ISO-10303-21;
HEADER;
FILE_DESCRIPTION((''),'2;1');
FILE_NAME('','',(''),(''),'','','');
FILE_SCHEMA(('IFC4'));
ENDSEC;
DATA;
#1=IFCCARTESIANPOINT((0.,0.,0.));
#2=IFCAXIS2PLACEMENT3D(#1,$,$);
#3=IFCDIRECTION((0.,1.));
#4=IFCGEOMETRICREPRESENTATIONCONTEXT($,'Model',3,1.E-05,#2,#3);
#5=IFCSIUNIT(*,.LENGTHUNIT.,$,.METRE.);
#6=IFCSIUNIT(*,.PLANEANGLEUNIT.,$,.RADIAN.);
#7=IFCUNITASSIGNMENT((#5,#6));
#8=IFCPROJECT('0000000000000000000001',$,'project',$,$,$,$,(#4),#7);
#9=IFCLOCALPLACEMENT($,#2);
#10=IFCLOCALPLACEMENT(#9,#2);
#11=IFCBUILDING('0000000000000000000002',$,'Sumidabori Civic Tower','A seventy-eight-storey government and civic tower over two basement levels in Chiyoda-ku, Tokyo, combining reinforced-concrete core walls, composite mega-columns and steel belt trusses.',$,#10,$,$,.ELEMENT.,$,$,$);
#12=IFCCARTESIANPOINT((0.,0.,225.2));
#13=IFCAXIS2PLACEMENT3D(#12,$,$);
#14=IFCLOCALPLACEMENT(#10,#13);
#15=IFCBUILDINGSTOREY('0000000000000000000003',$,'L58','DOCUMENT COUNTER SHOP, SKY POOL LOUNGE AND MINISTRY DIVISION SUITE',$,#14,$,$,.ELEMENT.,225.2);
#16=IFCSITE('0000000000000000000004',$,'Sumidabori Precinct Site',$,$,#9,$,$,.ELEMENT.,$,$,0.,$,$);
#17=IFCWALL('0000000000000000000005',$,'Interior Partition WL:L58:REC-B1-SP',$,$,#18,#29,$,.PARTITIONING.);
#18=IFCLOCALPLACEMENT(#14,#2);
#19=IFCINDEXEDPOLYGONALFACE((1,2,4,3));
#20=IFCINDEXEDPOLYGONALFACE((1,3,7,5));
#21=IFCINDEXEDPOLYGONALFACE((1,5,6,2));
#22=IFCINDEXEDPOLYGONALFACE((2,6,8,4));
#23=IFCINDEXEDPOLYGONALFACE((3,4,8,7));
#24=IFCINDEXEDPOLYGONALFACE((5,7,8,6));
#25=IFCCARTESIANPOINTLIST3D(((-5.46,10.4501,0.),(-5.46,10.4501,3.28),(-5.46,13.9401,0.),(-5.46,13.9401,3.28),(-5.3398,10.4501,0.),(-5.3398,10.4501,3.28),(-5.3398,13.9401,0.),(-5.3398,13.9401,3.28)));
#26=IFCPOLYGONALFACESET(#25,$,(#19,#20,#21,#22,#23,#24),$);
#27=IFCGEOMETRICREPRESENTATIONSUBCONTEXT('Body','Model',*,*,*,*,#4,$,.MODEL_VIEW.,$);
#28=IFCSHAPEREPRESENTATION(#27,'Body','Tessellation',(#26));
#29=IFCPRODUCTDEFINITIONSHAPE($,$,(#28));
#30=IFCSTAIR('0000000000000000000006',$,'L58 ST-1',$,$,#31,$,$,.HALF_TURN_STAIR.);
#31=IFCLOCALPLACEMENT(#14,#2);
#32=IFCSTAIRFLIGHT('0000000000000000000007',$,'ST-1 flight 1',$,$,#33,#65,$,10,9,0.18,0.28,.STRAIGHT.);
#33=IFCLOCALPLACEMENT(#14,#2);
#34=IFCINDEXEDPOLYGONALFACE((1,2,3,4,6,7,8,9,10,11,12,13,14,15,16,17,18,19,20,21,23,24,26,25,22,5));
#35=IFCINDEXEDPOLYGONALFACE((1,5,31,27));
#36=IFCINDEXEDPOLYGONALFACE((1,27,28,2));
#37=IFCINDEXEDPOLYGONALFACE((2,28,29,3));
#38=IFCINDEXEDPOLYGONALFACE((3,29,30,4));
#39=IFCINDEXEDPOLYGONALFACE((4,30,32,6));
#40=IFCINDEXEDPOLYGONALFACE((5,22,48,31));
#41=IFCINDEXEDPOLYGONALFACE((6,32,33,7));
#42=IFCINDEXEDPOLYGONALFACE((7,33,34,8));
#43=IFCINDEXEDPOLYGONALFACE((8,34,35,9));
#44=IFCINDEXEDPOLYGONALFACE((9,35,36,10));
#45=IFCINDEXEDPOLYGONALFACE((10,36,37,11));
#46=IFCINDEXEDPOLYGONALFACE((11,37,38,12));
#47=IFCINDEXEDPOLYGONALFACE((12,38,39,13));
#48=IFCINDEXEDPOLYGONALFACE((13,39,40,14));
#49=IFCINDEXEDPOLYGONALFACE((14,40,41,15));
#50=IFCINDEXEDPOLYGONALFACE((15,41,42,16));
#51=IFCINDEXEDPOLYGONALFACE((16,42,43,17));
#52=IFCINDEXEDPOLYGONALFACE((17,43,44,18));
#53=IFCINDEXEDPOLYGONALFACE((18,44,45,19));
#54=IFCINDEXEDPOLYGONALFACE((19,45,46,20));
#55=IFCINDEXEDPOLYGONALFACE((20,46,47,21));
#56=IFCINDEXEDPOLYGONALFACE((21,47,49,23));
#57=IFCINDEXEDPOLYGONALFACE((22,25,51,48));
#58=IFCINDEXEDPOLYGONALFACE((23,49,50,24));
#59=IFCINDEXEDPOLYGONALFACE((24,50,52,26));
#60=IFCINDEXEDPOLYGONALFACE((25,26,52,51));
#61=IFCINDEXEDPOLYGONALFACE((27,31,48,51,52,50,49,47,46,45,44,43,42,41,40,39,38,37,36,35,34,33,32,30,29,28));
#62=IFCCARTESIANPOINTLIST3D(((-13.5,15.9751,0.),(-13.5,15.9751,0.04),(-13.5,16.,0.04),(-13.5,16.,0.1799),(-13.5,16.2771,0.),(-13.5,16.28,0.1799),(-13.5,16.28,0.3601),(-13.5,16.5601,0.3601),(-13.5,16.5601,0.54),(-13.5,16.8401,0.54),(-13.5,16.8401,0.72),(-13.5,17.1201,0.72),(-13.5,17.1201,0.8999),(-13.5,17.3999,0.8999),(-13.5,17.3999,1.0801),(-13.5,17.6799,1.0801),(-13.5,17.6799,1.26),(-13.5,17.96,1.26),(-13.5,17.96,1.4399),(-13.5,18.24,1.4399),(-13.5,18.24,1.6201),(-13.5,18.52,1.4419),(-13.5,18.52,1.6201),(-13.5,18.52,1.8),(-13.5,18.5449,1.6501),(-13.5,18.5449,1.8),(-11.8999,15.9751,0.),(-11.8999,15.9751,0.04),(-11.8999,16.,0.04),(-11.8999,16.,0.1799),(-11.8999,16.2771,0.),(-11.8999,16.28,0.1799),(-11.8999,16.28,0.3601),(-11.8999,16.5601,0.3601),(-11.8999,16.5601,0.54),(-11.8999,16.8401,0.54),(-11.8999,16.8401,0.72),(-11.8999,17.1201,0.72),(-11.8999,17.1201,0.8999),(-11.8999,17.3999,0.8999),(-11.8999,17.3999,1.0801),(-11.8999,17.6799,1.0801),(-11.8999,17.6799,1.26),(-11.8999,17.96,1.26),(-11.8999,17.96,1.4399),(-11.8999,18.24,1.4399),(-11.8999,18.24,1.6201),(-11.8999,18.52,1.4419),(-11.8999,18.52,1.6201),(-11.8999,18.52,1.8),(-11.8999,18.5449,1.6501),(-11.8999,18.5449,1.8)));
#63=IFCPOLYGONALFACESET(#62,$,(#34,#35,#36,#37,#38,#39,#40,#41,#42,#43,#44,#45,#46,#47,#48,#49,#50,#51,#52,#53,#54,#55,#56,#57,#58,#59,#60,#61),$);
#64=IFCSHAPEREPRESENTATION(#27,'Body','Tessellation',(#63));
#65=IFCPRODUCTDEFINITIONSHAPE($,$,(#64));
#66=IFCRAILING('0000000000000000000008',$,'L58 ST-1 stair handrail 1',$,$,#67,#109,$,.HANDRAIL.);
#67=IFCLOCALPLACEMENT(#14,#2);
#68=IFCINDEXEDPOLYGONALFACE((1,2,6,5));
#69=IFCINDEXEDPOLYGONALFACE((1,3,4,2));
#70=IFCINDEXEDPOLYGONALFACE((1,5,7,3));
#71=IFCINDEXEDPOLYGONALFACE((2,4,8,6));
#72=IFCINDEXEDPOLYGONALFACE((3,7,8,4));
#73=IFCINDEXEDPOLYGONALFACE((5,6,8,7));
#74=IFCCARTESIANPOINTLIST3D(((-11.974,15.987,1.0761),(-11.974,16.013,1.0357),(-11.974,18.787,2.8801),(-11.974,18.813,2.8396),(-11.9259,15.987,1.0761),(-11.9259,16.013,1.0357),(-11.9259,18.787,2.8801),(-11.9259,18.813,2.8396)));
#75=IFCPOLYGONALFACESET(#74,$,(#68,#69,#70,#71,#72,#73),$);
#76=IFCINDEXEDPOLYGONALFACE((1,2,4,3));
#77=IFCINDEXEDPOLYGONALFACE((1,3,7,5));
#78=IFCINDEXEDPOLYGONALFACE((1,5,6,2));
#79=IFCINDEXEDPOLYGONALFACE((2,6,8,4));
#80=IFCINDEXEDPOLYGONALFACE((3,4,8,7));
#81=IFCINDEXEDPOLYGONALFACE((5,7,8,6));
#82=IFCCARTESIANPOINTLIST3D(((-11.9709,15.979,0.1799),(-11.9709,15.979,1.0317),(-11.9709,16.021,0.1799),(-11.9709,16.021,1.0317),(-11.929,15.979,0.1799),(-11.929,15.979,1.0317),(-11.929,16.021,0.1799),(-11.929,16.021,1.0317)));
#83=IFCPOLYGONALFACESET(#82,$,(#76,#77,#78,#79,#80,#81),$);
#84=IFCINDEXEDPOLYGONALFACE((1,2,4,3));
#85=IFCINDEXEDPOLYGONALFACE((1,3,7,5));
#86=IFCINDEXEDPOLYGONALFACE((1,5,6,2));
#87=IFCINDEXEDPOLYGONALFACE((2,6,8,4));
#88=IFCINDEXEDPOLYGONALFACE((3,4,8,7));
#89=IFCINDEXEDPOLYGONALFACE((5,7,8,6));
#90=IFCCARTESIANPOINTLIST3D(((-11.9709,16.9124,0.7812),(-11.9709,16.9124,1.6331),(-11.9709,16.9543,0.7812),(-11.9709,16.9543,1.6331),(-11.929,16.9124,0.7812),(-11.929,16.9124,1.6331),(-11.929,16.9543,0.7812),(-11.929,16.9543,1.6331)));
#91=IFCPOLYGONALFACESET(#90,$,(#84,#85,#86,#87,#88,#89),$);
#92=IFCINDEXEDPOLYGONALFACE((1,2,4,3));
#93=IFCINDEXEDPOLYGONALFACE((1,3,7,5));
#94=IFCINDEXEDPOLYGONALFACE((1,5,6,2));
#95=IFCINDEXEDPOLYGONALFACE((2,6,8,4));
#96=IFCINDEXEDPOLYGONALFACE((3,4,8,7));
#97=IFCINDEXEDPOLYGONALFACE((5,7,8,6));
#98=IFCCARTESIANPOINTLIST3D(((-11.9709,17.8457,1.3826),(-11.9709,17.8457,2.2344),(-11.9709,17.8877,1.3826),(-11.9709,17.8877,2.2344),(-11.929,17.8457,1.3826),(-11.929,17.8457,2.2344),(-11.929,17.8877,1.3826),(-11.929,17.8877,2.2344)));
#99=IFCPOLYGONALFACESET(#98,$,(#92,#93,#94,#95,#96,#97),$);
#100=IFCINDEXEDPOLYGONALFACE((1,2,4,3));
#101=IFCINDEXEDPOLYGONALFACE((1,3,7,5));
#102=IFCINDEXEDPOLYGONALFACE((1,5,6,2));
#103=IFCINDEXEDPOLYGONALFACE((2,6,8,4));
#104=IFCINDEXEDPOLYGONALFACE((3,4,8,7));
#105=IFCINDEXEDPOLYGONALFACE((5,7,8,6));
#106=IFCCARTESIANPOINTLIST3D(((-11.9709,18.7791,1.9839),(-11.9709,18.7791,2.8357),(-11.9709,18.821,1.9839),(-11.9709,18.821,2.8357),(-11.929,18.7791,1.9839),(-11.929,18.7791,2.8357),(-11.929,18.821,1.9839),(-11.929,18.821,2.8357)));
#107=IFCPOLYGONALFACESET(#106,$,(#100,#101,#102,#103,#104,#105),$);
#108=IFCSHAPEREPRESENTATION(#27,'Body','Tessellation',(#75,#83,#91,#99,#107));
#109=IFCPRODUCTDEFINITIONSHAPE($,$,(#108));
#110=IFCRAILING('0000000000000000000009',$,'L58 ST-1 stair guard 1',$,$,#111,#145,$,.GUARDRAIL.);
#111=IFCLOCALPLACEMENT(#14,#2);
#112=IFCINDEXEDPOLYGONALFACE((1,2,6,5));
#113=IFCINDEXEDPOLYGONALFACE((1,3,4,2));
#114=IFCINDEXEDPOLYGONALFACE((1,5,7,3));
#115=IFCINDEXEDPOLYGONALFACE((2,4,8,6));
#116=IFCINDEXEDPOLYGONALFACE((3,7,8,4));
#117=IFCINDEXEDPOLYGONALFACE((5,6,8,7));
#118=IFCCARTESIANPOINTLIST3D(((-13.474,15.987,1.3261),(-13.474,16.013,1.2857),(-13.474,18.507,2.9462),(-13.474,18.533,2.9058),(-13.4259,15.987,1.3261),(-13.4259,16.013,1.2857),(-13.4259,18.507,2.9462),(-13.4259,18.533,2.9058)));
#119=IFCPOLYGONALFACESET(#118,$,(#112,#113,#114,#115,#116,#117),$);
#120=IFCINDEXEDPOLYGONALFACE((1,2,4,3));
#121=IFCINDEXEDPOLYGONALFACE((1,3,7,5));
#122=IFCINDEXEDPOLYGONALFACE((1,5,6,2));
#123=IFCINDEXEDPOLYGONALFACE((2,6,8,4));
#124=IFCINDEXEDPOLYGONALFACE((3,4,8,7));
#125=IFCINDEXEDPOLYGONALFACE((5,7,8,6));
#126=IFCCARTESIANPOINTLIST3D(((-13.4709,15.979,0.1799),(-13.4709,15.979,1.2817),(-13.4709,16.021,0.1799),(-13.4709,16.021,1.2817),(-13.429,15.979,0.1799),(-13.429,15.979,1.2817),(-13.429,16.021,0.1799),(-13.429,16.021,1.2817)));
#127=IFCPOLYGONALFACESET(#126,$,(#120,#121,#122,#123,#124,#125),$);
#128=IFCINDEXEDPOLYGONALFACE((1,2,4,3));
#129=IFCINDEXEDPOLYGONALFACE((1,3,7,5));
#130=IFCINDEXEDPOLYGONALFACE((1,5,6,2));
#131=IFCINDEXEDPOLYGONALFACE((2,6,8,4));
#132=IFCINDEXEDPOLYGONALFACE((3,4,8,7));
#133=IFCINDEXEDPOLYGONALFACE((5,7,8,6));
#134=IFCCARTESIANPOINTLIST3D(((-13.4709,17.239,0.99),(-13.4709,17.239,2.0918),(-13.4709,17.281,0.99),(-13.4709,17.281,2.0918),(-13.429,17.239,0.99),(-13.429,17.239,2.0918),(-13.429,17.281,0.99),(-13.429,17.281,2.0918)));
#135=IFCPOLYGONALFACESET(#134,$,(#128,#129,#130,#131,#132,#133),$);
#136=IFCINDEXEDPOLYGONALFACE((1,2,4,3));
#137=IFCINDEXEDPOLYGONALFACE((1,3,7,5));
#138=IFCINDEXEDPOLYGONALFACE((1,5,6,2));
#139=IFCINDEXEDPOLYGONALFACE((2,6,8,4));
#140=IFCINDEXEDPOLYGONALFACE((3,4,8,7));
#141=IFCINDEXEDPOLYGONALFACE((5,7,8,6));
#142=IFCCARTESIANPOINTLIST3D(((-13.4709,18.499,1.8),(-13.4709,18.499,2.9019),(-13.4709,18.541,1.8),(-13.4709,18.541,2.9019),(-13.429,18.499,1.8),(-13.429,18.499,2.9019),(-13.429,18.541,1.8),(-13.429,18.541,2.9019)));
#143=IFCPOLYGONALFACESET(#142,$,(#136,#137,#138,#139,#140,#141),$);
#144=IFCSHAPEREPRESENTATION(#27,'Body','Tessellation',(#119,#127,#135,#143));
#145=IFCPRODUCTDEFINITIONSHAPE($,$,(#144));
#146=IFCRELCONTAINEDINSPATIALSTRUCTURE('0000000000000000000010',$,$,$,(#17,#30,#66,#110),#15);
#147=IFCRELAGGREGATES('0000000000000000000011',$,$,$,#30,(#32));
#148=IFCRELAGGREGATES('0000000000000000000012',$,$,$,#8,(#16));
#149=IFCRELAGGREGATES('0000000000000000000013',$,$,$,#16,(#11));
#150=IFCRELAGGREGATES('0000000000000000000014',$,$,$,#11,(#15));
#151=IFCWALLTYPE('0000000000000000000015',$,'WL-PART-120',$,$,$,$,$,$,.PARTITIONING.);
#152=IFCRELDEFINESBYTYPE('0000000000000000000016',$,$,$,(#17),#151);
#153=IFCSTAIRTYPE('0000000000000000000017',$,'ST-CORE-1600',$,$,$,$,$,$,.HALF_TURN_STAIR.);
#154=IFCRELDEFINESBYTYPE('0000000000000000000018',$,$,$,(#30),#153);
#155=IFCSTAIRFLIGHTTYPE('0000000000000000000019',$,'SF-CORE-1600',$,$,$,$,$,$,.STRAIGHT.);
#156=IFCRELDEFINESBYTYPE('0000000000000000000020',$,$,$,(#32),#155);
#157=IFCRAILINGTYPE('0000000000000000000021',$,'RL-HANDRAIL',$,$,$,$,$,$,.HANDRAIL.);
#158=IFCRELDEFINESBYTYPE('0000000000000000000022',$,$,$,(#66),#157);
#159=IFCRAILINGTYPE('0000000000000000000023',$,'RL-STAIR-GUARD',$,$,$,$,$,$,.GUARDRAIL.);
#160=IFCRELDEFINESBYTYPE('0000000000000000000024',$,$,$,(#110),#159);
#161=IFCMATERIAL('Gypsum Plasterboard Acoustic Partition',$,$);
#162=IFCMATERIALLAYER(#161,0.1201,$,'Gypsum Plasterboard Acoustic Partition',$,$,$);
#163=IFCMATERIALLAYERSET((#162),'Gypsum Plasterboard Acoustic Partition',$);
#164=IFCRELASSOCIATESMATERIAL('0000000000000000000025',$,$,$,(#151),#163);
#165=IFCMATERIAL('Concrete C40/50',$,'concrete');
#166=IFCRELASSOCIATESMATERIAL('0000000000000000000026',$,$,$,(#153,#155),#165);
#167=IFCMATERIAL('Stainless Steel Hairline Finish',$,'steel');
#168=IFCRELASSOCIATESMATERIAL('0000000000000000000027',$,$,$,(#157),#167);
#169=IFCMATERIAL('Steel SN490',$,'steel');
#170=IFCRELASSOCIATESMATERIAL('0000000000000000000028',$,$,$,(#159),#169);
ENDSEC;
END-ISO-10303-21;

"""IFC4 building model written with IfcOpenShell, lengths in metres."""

from ifc_helpers import new_model, si_unit, direction, frame, frame_2d, origin, origin_2d, place, context, subcontext, project, spatial, polyline, rectangle, outline, extrude, source, transform, mapped, material, layer, layer_set, type_object, element, aggregate, save


model = new_model("IFC4")

# Units and contexts
model_context = context("Model", 3, precision=1e-05, world=origin(), true_north=direction((0.0, 1.0)))
body_context = subcontext(model_context, "Body", "Model", "MODEL_VIEW")
ifc_project = project(units=[si_unit("LENGTHUNIT", "METRE"), si_unit("PLANEANGLEUNIT", "RADIAN")], contexts=[model_context])

# Site, building, storey
site_placement = place(None, origin())
site = spatial("IfcSite", under=ifc_project, at=site_placement, Name="Sumidabori Precinct Site", CompositionType="ELEMENT", RefElevation=0.0)
building_placement = place(site_placement, origin())
building = spatial("IfcBuilding", under=site, at=building_placement, Name="Sumidabori Civic Tower", Description="A seventy-eight-storey government and civic tower over two basement levels in Chiyoda-ku, Tokyo, combining reinforced-concrete core walls, composite mega-columns and steel belt trusses.", CompositionType="ELEMENT")
storey_placement = place(building_placement, frame((0.0, 0.0, 225.2)))
storey = spatial("IfcBuildingStorey", under=building, at=storey_placement, Name="L58", Description="DOCUMENT COUNTER SHOP, SKY POOL LOUNGE AND MINISTRY DIVISION SUITE", CompositionType="ELEMENT", Elevation=225.2)

# Shared definitions
ifc_material_1 = material(Name="Stainless Steel Hairline Finish", Category="steel")

# Shared definitions
ifc_material_2 = material(Name="Steel SN490", Category="steel")

# Wall
ifc_material_3 = material(Name="Gypsum Plasterboard Acoustic Partition")
ifc_layer_1 = layer(ifc_material_3, 0.1201, Name="Gypsum Plasterboard Acoustic Partition")
ifc_layer_set_1 = layer_set([ifc_layer_1], Name="Gypsum Plasterboard Acoustic Partition")
wall_type_1 = type_object("IfcWallType", Name="WL-PART-120", PredefinedType="PARTITIONING", material=ifc_layer_set_1)
shared_shape_1 = source(origin(), body_context, "Body", "SweptSolid", [
    extrude(rectangle(XDim=3.49, YDim=0.1201, at=frame_2d((1.7451, 0.0))), origin(), (0.0, 0.0, 1.0), 3.28),
])
wall_1_placement = place(storey_placement, frame((-5.3999, 10.45, 0.0), z_axis=(0.0, 0.0, 1.0), x_axis=(0.0, 1.0, 0.0)))
element("IfcWall", 1, at=wall_1_placement, inside=storey, type_object=wall_type_1, Name="Interior Partition WL:L58:REC-B1-SP", PredefinedType="PARTITIONING", context=body_context, shape_type="MappedRepresentation", body=[
    mapped(shared_shape_1, transform((0.0, 0.0, 0.0), x_axis=(1.0, 0.0, 0.0), y_axis=(0.0, 1.0, 0.0), z_axis=(0.0, 0.0, 1.0), scale=1.0)),
])

# Stair, stair flight
ifc_material_4 = material(Name="Concrete C40/50", Category="concrete")
stair_type = type_object("IfcStairType", Name="ST-CORE-1600", PredefinedType="HALF_TURN_STAIR", material=ifc_material_4)
stair_placement = place(storey_placement, origin())
stair = element("IfcStair", 2, at=stair_placement, inside=storey, type_object=stair_type, Name="L58 ST-1", PredefinedType="HALF_TURN_STAIR")
stair_flight_type = type_object("IfcStairFlightType", Name="SF-CORE-1600", PredefinedType="STRAIGHT", material=ifc_material_4)
shared_shape_2 = source(origin(), body_context, "Body", "SweptSolid", [
    extrude(outline(polyline([(-0.0249, 0.0), (-0.0249, 0.04), (0.0, 0.04), (0.0, 0.1799), (0.28, 0.1799), (0.28, 0.3601), (0.5601, 0.3601), (0.5601, 0.54), (0.8401, 0.54), (0.8401, 0.72), (1.1201, 0.72), (1.1201, 0.8999), (1.3999, 0.8999), (1.3999, 1.0801), (1.6799, 1.0801), (1.6799, 1.26), (1.96, 1.26), (1.96, 1.4399), (2.24, 1.4399), (2.24, 1.6201), (2.52, 1.6201), (2.52, 1.8), (2.5449, 1.8), (2.5449, 1.6501), (2.52, 1.4419), (0.2771, 0.0), (-0.0249, 0.0)])), frame((0.0, 0.8, 0.0), z_axis=(0.0, -1.0, 0.0), x_axis=(1.0, 0.0, 0.0)), (0.0, 0.0, 1.0), 1.6001),
])
stair_flight_placement = place(storey_placement, frame((-12.7, 16.0, 0.0), z_axis=(0.0, 0.0, 1.0), x_axis=(0.0, 1.0, 0.0)))
stair_flight = element("IfcStairFlight", 3, at=stair_flight_placement, type_object=stair_flight_type, Name="ST-1 flight 1", NumberOfRisers=10, NumberOfTreads=9, PredefinedType="STRAIGHT", RiserHeight=0.18, TreadLength=0.28, context=body_context, shape_type="MappedRepresentation", body=[
    mapped(shared_shape_2, transform((0.0, 0.0, 0.0), x_axis=(1.0, 0.0, 0.0), y_axis=(0.0, 1.0, 0.0), z_axis=(0.0, 0.0, 1.0), scale=1.0)),
])
aggregate(stair, [stair_flight])

# Railings
railing_type_1 = type_object("IfcRailingType", Name="RL-HANDRAIL", PredefinedType="HANDRAIL", material=ifc_material_1)
railing_1_placement = place(storey_placement, frame((-11.95, 16.0, 0.1799)))
element("IfcRailing", 4, at=railing_1_placement, inside=storey, type_object=railing_type_1, Name="L58 ST-1 stair handrail 1", PredefinedType="HANDRAIL", context=body_context, shape_type="SweptSolid", body=[
    extrude(rectangle(XDim=0.0481, YDim=0.0481, at=origin_2d()), frame((0.0, 0.0, 0.876), z_axis=(0.0, 0.840642, 0.541591), x_axis=(-1.0, 0.0, 0.0)), (0.0, 0.0, 1.0), 3.3308),
    extrude(rectangle(XDim=0.042, YDim=0.042, at=origin_2d()), origin(), (0.0, 0.0, 1.0), 0.8518),
    extrude(rectangle(XDim=0.042, YDim=0.042, at=origin_2d()), frame((0.0, 0.9333, 0.6013)), (0.0, 0.0, 1.0), 0.8518),
    extrude(rectangle(XDim=0.042, YDim=0.042, at=origin_2d()), frame((0.0, 1.8667, 1.2026)), (0.0, 0.0, 1.0), 0.8518),
    extrude(rectangle(XDim=0.042, YDim=0.042, at=origin_2d()), frame((0.0, 2.8, 1.804)), (0.0, 0.0, 1.0), 0.8518),
])
railing_type_2 = type_object("IfcRailingType", Name="RL-STAIR-GUARD", PredefinedType="GUARDRAIL", material=ifc_material_2)
railing_2_placement = place(storey_placement, frame((-13.45, 16.0, 0.1799)))
element("IfcRailing", 5, at=railing_2_placement, inside=storey, type_object=railing_type_2, Name="L58 ST-1 stair guard 1", PredefinedType="GUARDRAIL", context=body_context, shape_type="SweptSolid", body=[
    extrude(rectangle(XDim=0.0481, YDim=0.0481, at=origin_2d()), frame((0.0, 0.0, 1.126), z_axis=(0.0, 0.841163, 0.540782), x_axis=(-1.0, 0.0, 0.0)), (0.0, 0.0, 1.0), 2.9958),
    extrude(rectangle(XDim=0.042, YDim=0.042, at=origin_2d()), origin(), (0.0, 0.0, 1.0), 1.1018),
    extrude(rectangle(XDim=0.042, YDim=0.042, at=origin_2d()), frame((0.0, 1.26, 0.8101)), (0.0, 0.0, 1.0), 1.1018),
    extrude(rectangle(XDim=0.042, YDim=0.042, at=origin_2d()), frame((0.0, 2.52, 1.6201)), (0.0, 0.0, 1.0), 1.1018),
])

save(model, "model.ifc")
